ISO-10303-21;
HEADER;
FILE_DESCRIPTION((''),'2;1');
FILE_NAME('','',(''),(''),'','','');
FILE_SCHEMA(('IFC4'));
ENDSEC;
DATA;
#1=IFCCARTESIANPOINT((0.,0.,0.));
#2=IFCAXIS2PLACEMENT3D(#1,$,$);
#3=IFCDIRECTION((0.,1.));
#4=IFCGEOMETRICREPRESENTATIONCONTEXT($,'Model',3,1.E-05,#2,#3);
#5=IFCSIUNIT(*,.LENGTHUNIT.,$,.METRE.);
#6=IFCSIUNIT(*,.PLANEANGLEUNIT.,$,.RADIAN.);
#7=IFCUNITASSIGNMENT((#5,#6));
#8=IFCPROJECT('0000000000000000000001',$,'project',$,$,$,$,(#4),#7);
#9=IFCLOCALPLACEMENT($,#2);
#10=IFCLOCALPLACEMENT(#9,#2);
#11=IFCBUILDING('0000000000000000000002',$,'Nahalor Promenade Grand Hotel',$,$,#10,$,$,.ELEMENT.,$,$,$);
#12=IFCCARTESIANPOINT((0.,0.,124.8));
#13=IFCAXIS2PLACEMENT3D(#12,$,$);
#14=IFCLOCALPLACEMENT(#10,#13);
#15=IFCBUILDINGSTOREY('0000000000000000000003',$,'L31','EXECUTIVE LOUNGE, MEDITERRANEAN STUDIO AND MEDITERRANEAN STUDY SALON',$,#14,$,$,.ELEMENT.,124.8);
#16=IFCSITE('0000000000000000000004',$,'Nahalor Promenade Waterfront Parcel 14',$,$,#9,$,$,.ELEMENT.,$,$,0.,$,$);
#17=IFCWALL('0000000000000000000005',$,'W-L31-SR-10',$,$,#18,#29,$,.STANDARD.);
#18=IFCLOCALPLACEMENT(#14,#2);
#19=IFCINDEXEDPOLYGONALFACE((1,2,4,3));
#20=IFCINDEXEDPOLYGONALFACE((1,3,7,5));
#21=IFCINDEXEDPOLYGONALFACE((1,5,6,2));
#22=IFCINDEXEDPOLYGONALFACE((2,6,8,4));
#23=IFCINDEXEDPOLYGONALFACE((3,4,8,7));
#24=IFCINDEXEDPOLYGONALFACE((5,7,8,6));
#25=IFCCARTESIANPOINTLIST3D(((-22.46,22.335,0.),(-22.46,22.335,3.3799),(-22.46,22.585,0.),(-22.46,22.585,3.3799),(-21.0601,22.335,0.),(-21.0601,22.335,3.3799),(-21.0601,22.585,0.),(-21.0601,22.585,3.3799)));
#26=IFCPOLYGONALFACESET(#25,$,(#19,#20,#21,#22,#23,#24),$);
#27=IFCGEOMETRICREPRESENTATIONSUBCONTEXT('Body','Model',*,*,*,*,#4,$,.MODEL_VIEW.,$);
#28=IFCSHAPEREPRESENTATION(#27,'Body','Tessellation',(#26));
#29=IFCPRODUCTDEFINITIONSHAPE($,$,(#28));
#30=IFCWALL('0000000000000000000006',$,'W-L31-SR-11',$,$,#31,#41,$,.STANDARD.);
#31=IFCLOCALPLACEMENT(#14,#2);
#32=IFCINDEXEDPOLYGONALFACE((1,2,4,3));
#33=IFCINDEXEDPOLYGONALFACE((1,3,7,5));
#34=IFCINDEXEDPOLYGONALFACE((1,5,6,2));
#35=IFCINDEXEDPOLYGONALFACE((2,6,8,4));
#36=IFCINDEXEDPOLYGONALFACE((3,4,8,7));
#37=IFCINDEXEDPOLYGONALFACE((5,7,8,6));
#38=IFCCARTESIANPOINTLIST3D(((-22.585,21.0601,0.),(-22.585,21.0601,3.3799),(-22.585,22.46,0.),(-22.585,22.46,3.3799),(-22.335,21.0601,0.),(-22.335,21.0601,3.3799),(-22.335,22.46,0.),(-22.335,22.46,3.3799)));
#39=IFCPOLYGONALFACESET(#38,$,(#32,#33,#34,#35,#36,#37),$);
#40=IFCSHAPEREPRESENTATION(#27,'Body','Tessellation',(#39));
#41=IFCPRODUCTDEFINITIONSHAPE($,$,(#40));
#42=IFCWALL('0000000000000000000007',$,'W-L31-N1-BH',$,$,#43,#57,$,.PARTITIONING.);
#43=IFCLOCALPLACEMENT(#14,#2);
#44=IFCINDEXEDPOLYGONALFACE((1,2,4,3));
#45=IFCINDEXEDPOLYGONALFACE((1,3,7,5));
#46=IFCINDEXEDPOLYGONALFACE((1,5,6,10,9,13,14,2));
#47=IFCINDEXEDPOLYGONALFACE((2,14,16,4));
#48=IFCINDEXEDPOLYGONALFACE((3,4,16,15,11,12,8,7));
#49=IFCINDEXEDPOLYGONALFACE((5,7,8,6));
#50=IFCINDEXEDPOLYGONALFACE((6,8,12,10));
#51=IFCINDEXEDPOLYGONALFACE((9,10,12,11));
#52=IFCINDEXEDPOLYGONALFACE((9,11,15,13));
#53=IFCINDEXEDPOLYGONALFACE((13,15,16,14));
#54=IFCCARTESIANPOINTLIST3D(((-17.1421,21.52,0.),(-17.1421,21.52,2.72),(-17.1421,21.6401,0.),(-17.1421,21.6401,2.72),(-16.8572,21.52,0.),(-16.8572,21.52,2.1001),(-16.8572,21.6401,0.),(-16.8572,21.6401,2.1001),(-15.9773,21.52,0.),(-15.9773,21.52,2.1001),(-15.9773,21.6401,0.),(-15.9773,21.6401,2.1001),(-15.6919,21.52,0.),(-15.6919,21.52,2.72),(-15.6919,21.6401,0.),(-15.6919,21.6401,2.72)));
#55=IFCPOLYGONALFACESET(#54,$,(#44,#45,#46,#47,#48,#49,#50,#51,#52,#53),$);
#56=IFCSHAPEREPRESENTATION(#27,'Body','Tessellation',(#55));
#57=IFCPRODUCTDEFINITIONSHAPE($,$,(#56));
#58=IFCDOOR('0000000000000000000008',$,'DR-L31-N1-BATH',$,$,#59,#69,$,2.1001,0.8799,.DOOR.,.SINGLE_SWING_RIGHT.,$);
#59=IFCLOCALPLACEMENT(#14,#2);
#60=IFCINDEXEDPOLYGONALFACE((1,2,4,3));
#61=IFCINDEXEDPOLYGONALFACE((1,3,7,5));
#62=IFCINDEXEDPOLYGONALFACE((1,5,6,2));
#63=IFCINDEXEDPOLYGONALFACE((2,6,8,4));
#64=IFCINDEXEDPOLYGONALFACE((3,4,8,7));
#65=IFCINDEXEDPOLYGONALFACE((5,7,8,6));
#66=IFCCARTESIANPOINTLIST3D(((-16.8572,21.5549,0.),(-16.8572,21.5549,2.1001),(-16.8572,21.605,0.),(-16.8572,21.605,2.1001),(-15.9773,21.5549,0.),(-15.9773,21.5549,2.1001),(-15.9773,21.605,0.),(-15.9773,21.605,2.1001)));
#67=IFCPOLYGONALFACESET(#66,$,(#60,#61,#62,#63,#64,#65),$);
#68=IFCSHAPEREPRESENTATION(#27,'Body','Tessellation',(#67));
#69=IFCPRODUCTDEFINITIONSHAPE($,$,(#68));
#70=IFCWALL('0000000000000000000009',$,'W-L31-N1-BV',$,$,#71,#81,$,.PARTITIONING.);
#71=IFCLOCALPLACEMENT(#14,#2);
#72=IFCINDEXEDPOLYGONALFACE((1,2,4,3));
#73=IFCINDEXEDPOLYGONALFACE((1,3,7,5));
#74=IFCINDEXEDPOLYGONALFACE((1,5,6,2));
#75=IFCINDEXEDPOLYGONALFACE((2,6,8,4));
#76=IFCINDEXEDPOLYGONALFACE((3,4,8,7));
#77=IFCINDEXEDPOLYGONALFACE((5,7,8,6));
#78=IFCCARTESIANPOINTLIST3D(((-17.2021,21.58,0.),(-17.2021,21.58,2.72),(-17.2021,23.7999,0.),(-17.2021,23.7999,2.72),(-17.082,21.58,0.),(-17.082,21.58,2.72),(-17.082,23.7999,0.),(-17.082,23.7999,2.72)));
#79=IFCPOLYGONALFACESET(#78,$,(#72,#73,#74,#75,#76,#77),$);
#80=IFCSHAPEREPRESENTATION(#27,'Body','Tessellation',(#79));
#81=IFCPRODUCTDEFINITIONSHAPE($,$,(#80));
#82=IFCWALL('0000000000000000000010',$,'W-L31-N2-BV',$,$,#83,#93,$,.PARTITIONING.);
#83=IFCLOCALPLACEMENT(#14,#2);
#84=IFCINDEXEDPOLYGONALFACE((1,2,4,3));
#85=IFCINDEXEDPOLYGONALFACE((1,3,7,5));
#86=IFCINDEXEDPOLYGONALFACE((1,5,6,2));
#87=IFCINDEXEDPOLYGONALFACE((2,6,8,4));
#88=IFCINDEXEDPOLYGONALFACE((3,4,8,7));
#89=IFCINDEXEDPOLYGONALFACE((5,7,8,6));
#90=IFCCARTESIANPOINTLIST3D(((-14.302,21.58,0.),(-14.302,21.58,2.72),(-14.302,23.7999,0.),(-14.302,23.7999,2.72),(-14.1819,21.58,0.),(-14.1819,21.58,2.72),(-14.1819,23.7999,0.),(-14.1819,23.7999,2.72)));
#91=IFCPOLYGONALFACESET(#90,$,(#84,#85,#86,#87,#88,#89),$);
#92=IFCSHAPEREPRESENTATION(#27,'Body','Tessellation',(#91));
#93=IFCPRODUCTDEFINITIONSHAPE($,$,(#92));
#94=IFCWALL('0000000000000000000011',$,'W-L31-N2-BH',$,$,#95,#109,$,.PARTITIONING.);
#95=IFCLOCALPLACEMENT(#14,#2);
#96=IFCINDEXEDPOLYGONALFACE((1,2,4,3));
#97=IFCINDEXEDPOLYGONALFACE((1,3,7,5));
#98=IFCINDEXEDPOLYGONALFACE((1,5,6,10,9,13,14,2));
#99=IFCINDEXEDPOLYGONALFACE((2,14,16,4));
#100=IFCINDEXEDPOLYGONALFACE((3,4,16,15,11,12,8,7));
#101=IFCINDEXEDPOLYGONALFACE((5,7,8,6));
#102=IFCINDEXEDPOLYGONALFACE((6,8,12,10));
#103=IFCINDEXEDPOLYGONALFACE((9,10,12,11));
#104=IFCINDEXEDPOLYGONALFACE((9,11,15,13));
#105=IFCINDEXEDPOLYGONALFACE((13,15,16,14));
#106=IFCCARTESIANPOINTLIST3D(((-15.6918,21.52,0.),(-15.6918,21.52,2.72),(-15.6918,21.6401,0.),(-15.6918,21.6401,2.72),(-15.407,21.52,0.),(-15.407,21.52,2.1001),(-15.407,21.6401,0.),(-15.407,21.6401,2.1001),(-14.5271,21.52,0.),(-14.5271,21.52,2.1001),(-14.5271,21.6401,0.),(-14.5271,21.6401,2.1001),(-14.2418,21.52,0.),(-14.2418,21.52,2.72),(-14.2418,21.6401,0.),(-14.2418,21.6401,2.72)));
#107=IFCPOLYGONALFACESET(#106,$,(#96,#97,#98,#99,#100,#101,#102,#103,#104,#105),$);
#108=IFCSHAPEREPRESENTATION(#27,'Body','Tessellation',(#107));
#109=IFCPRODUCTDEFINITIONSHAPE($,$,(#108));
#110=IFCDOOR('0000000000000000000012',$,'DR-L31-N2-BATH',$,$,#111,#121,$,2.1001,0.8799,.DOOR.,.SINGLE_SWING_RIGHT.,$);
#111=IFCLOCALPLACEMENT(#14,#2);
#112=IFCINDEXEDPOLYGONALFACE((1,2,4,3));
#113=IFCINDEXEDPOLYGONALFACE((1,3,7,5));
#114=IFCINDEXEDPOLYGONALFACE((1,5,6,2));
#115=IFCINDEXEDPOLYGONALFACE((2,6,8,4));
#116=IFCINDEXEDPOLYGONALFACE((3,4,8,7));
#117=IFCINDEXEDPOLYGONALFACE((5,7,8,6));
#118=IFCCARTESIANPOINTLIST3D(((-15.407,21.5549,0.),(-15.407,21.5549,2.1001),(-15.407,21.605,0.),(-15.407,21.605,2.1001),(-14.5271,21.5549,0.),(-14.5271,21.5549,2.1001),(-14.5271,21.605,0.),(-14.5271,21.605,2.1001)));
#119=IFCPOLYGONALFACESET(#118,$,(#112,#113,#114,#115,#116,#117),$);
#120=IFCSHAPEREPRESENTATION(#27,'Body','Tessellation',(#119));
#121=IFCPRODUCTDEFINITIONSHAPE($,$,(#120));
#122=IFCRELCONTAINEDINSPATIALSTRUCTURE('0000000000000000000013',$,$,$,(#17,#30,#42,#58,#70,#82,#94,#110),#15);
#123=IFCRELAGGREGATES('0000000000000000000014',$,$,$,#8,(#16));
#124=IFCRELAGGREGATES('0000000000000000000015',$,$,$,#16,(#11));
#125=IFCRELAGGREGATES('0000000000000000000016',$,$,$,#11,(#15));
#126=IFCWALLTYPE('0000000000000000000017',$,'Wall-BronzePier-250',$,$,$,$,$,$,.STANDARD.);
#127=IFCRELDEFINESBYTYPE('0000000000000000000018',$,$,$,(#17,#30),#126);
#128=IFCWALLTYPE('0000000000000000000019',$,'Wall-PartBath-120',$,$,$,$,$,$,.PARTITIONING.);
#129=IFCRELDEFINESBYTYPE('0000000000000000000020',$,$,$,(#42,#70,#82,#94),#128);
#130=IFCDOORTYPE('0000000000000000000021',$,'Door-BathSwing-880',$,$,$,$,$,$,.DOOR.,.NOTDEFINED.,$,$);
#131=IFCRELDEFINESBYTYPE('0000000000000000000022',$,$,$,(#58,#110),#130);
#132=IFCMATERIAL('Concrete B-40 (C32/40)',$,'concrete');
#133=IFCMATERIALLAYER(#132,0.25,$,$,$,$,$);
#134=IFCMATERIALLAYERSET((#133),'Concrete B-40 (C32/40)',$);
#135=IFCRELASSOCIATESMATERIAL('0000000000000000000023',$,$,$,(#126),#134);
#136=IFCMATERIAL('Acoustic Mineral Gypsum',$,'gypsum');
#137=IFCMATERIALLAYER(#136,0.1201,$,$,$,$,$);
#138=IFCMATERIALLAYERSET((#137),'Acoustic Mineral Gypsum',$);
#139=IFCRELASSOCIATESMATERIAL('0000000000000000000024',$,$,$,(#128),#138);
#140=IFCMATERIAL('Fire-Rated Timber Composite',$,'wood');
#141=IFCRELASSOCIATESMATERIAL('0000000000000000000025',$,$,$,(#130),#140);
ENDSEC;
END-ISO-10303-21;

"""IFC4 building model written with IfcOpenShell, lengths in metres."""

from ifc_helpers import new_model, si_unit, direction, frame, frame_2d, origin, place, context, subcontext, project, spatial, rectangle, extrude, source, transform, mapped, material, layer, layer_set, type_object, element, fill, save


model = new_model("IFC4")

# Units and contexts
model_context = context("Model", 3, precision=1e-05, world=origin(), true_north=direction((0.0, 1.0)))
body_context = subcontext(model_context, "Body", "Model", "MODEL_VIEW")
ifc_project = project(units=[si_unit("LENGTHUNIT", "METRE"), si_unit("PLANEANGLEUNIT", "RADIAN")], contexts=[model_context])

# Site, building, storey
site_placement = place(None, origin())
site = spatial("IfcSite", under=ifc_project, at=site_placement, Name="Nahalor Promenade Waterfront Parcel 14", CompositionType="ELEMENT", RefElevation=0.0)
building_placement = place(site_placement, origin())
building = spatial("IfcBuilding", under=site, at=building_placement, Name="Nahalor Promenade Grand Hotel", CompositionType="ELEMENT")
storey_placement = place(building_placement, frame((0.0, 0.0, 124.8)))
storey = spatial("IfcBuildingStorey", under=building, at=storey_placement, Name="L31", Description="EXECUTIVE LOUNGE, MEDITERRANEAN STUDIO AND MEDITERRANEAN STUDY SALON", CompositionType="ELEMENT", Elevation=124.8)

# Walls
ifc_material_1 = material(Name="Concrete B-40 (C32/40)", Category="concrete")
ifc_layer_1 = layer(ifc_material_1, 0.25)
ifc_layer_set_1 = layer_set([ifc_layer_1], Name="Concrete B-40 (C32/40)")
wall_type_1 = type_object("IfcWallType", Name="Wall-BronzePier-250", PredefinedType="STANDARD", material=ifc_layer_set_1)
shared_shape_1 = source(origin(), body_context, "Body", "SweptSolid", [
    extrude(rectangle(XDim=1.3999, YDim=0.25, at=frame_2d((0.7, 0.0))), origin(), (0.0, 0.0, 1.0), 3.3799),
])
for number, where, z_axis, x_axis, name in (
    (1, (-22.46, 22.46, 0.0), (0.0, 0.0, 1.0), (1.0, 0.0, 0.0), "W-L31-SR-10"),
    (2, (-22.46, 21.0601, 0.0), (0.0, 0.0, 1.0), (0.0, 1.0, 0.0), "W-L31-SR-11"),
):
    element("IfcWall", number, at=place(storey_placement, frame(where, z_axis=z_axis, x_axis=x_axis)), inside=storey, type_object=wall_type_1, Name=name, PredefinedType="STANDARD", context=body_context, shape_type="MappedRepresentation", body=[
        mapped(shared_shape_1, transform((0.0, 0.0, 0.0), scale=1.0)),
    ])

# Wall, opening, door
ifc_material_2 = material(Name="Acoustic Mineral Gypsum", Category="gypsum")
ifc_layer_2 = layer(ifc_material_2, 0.1201)
ifc_layer_set_2 = layer_set([ifc_layer_2], Name="Acoustic Mineral Gypsum")
wall_type_2 = type_object("IfcWallType", Name="Wall-PartBath-120", PredefinedType="PARTITIONING", material=ifc_layer_set_2)
shared_shape_2 = source(origin(), body_context, "Body", "SweptSolid", [
    extrude(rectangle(XDim=1.4502, YDim=0.1201, at=frame_2d((0.7251, 0.0))), origin(), (0.0, 0.0, 1.0), 2.72),
])
wall_1_placement = place(storey_placement, frame((-17.1421, 21.5801, 0.0), z_axis=(0.0, 0.0, 1.0), x_axis=(1.0, 0.0, 0.0)))
wall_1 = element("IfcWall", 3, at=wall_1_placement, inside=storey, type_object=wall_type_2, Name="W-L31-N1-BH", PredefinedType="PARTITIONING", context=body_context, shape_type="MappedRepresentation", body=[
    mapped(shared_shape_2, transform((0.0, 0.0, 0.0), scale=1.0)),
])
opening_1_placement = place(wall_1_placement, frame((0.2849, 0.0, 0.0)))
opening_1 = element("IfcOpeningElement", 4, at=opening_1_placement, cuts=wall_1, PredefinedType="OPENING", context=body_context, shape_type="SweptSolid", body=[
    extrude(rectangle(XDim=0.8799, YDim=2.1001, at=frame_2d((0.4399, 1.05))), frame((0.0, 0.0701, 0.0), z_axis=(0.0, -1.0, 0.0), x_axis=(1.0, 0.0, 0.0)), (0.0, 0.0, 1.0), 0.1401),
])
ifc_material_3 = material(Name="Fire-Rated Timber Composite", Category="wood")
door_type = type_object("IfcDoorType", Name="Door-BathSwing-880", OperationType="NOTDEFINED", PredefinedType="DOOR", material=ifc_material_3)
shared_shape_3 = source(origin(), body_context, "Body", "SweptSolid", [
    extrude(rectangle(XDim=0.8799, YDim=2.1001, at=frame_2d((0.4399, 1.05))), frame((0.0, 0.0249, 0.0), z_axis=(0.0, -1.0, 0.0), x_axis=(1.0, 0.0, 0.0)), (0.0, 0.0, 1.0), 0.05),
])
door_1_placement = place(opening_1_placement, origin())
door_1 = element("IfcDoor", 5, at=door_1_placement, inside=storey, type_object=door_type, Name="DR-L31-N1-BATH", OperationType="SINGLE_SWING_RIGHT", OverallHeight=2.1001, OverallWidth=0.8799, PredefinedType="DOOR", context=body_context, shape_type="MappedRepresentation", body=[
    mapped(shared_shape_3, transform((0.0, 0.0, 0.0), scale=1.0)),
])
fill(opening_1, door_1)

# Walls
shared_shape_4 = source(origin(), body_context, "Body", "SweptSolid", [
    extrude(rectangle(XDim=2.22, YDim=0.1201, at=frame_2d((1.1099, 0.0))), origin(), (0.0, 0.0, 1.0), 2.72),
])
for number, where, z_axis, x_axis, name in (
    (6, (-17.1421, 21.5801, 0.0), (0.0, 0.0, 1.0), (0.0, 1.0, 0.0), "W-L31-N1-BV"),
    (7, (-14.2419, 21.5801, 0.0), (0.0, 0.0, 1.0), (0.0, 1.0, 0.0), "W-L31-N2-BV"),
):
    element("IfcWall", number, at=place(storey_placement, frame(where, z_axis=z_axis, x_axis=x_axis)), inside=storey, type_object=wall_type_2, Name=name, PredefinedType="PARTITIONING", context=body_context, shape_type="MappedRepresentation", body=[
        mapped(shared_shape_4, transform((0.0, 0.0, 0.0), scale=1.0)),
    ])

# Wall, opening, door
shared_shape_5 = source(origin(), body_context, "Body", "SweptSolid", [
    extrude(rectangle(XDim=1.45, YDim=0.1201, at=frame_2d((0.7251, 0.0))), origin(), (0.0, 0.0, 1.0), 2.72),
])
wall_2_placement = place(storey_placement, frame((-15.6919, 21.5801, 0.0), z_axis=(0.0, 0.0, 1.0), x_axis=(1.0, 0.0, 0.0)))
wall_2 = element("IfcWall", 8, at=wall_2_placement, inside=storey, type_object=wall_type_2, Name="W-L31-N2-BH", PredefinedType="PARTITIONING", context=body_context, shape_type="MappedRepresentation", body=[
    mapped(shared_shape_5, transform((0.0, 0.0, 0.0), scale=1.0)),
])
opening_2_placement = place(wall_2_placement, frame((0.2849, 0.0, 0.0)))
opening_2 = element("IfcOpeningElement", 9, at=opening_2_placement, cuts=wall_2, PredefinedType="OPENING", context=body_context, shape_type="SweptSolid", body=[
    extrude(rectangle(XDim=0.8799, YDim=2.1001, at=frame_2d((0.4399, 1.05))), frame((0.0, 0.0701, 0.0), z_axis=(0.0, -1.0, 0.0), x_axis=(1.0, 0.0, 0.0)), (0.0, 0.0, 1.0), 0.1401),
])
door_2_placement = place(opening_2_placement, origin())
door_2 = element("IfcDoor", 10, at=door_2_placement, inside=storey, type_object=door_type, Name="DR-L31-N2-BATH", OperationType="SINGLE_SWING_RIGHT", OverallHeight=2.1001, OverallWidth=0.8799, PredefinedType="DOOR", context=body_context, shape_type="MappedRepresentation", body=[
    mapped(shared_shape_3, transform((0.0, 0.0, 0.0), scale=1.0)),
])
fill(opening_2, door_2)

save(model, "model.ifc")
